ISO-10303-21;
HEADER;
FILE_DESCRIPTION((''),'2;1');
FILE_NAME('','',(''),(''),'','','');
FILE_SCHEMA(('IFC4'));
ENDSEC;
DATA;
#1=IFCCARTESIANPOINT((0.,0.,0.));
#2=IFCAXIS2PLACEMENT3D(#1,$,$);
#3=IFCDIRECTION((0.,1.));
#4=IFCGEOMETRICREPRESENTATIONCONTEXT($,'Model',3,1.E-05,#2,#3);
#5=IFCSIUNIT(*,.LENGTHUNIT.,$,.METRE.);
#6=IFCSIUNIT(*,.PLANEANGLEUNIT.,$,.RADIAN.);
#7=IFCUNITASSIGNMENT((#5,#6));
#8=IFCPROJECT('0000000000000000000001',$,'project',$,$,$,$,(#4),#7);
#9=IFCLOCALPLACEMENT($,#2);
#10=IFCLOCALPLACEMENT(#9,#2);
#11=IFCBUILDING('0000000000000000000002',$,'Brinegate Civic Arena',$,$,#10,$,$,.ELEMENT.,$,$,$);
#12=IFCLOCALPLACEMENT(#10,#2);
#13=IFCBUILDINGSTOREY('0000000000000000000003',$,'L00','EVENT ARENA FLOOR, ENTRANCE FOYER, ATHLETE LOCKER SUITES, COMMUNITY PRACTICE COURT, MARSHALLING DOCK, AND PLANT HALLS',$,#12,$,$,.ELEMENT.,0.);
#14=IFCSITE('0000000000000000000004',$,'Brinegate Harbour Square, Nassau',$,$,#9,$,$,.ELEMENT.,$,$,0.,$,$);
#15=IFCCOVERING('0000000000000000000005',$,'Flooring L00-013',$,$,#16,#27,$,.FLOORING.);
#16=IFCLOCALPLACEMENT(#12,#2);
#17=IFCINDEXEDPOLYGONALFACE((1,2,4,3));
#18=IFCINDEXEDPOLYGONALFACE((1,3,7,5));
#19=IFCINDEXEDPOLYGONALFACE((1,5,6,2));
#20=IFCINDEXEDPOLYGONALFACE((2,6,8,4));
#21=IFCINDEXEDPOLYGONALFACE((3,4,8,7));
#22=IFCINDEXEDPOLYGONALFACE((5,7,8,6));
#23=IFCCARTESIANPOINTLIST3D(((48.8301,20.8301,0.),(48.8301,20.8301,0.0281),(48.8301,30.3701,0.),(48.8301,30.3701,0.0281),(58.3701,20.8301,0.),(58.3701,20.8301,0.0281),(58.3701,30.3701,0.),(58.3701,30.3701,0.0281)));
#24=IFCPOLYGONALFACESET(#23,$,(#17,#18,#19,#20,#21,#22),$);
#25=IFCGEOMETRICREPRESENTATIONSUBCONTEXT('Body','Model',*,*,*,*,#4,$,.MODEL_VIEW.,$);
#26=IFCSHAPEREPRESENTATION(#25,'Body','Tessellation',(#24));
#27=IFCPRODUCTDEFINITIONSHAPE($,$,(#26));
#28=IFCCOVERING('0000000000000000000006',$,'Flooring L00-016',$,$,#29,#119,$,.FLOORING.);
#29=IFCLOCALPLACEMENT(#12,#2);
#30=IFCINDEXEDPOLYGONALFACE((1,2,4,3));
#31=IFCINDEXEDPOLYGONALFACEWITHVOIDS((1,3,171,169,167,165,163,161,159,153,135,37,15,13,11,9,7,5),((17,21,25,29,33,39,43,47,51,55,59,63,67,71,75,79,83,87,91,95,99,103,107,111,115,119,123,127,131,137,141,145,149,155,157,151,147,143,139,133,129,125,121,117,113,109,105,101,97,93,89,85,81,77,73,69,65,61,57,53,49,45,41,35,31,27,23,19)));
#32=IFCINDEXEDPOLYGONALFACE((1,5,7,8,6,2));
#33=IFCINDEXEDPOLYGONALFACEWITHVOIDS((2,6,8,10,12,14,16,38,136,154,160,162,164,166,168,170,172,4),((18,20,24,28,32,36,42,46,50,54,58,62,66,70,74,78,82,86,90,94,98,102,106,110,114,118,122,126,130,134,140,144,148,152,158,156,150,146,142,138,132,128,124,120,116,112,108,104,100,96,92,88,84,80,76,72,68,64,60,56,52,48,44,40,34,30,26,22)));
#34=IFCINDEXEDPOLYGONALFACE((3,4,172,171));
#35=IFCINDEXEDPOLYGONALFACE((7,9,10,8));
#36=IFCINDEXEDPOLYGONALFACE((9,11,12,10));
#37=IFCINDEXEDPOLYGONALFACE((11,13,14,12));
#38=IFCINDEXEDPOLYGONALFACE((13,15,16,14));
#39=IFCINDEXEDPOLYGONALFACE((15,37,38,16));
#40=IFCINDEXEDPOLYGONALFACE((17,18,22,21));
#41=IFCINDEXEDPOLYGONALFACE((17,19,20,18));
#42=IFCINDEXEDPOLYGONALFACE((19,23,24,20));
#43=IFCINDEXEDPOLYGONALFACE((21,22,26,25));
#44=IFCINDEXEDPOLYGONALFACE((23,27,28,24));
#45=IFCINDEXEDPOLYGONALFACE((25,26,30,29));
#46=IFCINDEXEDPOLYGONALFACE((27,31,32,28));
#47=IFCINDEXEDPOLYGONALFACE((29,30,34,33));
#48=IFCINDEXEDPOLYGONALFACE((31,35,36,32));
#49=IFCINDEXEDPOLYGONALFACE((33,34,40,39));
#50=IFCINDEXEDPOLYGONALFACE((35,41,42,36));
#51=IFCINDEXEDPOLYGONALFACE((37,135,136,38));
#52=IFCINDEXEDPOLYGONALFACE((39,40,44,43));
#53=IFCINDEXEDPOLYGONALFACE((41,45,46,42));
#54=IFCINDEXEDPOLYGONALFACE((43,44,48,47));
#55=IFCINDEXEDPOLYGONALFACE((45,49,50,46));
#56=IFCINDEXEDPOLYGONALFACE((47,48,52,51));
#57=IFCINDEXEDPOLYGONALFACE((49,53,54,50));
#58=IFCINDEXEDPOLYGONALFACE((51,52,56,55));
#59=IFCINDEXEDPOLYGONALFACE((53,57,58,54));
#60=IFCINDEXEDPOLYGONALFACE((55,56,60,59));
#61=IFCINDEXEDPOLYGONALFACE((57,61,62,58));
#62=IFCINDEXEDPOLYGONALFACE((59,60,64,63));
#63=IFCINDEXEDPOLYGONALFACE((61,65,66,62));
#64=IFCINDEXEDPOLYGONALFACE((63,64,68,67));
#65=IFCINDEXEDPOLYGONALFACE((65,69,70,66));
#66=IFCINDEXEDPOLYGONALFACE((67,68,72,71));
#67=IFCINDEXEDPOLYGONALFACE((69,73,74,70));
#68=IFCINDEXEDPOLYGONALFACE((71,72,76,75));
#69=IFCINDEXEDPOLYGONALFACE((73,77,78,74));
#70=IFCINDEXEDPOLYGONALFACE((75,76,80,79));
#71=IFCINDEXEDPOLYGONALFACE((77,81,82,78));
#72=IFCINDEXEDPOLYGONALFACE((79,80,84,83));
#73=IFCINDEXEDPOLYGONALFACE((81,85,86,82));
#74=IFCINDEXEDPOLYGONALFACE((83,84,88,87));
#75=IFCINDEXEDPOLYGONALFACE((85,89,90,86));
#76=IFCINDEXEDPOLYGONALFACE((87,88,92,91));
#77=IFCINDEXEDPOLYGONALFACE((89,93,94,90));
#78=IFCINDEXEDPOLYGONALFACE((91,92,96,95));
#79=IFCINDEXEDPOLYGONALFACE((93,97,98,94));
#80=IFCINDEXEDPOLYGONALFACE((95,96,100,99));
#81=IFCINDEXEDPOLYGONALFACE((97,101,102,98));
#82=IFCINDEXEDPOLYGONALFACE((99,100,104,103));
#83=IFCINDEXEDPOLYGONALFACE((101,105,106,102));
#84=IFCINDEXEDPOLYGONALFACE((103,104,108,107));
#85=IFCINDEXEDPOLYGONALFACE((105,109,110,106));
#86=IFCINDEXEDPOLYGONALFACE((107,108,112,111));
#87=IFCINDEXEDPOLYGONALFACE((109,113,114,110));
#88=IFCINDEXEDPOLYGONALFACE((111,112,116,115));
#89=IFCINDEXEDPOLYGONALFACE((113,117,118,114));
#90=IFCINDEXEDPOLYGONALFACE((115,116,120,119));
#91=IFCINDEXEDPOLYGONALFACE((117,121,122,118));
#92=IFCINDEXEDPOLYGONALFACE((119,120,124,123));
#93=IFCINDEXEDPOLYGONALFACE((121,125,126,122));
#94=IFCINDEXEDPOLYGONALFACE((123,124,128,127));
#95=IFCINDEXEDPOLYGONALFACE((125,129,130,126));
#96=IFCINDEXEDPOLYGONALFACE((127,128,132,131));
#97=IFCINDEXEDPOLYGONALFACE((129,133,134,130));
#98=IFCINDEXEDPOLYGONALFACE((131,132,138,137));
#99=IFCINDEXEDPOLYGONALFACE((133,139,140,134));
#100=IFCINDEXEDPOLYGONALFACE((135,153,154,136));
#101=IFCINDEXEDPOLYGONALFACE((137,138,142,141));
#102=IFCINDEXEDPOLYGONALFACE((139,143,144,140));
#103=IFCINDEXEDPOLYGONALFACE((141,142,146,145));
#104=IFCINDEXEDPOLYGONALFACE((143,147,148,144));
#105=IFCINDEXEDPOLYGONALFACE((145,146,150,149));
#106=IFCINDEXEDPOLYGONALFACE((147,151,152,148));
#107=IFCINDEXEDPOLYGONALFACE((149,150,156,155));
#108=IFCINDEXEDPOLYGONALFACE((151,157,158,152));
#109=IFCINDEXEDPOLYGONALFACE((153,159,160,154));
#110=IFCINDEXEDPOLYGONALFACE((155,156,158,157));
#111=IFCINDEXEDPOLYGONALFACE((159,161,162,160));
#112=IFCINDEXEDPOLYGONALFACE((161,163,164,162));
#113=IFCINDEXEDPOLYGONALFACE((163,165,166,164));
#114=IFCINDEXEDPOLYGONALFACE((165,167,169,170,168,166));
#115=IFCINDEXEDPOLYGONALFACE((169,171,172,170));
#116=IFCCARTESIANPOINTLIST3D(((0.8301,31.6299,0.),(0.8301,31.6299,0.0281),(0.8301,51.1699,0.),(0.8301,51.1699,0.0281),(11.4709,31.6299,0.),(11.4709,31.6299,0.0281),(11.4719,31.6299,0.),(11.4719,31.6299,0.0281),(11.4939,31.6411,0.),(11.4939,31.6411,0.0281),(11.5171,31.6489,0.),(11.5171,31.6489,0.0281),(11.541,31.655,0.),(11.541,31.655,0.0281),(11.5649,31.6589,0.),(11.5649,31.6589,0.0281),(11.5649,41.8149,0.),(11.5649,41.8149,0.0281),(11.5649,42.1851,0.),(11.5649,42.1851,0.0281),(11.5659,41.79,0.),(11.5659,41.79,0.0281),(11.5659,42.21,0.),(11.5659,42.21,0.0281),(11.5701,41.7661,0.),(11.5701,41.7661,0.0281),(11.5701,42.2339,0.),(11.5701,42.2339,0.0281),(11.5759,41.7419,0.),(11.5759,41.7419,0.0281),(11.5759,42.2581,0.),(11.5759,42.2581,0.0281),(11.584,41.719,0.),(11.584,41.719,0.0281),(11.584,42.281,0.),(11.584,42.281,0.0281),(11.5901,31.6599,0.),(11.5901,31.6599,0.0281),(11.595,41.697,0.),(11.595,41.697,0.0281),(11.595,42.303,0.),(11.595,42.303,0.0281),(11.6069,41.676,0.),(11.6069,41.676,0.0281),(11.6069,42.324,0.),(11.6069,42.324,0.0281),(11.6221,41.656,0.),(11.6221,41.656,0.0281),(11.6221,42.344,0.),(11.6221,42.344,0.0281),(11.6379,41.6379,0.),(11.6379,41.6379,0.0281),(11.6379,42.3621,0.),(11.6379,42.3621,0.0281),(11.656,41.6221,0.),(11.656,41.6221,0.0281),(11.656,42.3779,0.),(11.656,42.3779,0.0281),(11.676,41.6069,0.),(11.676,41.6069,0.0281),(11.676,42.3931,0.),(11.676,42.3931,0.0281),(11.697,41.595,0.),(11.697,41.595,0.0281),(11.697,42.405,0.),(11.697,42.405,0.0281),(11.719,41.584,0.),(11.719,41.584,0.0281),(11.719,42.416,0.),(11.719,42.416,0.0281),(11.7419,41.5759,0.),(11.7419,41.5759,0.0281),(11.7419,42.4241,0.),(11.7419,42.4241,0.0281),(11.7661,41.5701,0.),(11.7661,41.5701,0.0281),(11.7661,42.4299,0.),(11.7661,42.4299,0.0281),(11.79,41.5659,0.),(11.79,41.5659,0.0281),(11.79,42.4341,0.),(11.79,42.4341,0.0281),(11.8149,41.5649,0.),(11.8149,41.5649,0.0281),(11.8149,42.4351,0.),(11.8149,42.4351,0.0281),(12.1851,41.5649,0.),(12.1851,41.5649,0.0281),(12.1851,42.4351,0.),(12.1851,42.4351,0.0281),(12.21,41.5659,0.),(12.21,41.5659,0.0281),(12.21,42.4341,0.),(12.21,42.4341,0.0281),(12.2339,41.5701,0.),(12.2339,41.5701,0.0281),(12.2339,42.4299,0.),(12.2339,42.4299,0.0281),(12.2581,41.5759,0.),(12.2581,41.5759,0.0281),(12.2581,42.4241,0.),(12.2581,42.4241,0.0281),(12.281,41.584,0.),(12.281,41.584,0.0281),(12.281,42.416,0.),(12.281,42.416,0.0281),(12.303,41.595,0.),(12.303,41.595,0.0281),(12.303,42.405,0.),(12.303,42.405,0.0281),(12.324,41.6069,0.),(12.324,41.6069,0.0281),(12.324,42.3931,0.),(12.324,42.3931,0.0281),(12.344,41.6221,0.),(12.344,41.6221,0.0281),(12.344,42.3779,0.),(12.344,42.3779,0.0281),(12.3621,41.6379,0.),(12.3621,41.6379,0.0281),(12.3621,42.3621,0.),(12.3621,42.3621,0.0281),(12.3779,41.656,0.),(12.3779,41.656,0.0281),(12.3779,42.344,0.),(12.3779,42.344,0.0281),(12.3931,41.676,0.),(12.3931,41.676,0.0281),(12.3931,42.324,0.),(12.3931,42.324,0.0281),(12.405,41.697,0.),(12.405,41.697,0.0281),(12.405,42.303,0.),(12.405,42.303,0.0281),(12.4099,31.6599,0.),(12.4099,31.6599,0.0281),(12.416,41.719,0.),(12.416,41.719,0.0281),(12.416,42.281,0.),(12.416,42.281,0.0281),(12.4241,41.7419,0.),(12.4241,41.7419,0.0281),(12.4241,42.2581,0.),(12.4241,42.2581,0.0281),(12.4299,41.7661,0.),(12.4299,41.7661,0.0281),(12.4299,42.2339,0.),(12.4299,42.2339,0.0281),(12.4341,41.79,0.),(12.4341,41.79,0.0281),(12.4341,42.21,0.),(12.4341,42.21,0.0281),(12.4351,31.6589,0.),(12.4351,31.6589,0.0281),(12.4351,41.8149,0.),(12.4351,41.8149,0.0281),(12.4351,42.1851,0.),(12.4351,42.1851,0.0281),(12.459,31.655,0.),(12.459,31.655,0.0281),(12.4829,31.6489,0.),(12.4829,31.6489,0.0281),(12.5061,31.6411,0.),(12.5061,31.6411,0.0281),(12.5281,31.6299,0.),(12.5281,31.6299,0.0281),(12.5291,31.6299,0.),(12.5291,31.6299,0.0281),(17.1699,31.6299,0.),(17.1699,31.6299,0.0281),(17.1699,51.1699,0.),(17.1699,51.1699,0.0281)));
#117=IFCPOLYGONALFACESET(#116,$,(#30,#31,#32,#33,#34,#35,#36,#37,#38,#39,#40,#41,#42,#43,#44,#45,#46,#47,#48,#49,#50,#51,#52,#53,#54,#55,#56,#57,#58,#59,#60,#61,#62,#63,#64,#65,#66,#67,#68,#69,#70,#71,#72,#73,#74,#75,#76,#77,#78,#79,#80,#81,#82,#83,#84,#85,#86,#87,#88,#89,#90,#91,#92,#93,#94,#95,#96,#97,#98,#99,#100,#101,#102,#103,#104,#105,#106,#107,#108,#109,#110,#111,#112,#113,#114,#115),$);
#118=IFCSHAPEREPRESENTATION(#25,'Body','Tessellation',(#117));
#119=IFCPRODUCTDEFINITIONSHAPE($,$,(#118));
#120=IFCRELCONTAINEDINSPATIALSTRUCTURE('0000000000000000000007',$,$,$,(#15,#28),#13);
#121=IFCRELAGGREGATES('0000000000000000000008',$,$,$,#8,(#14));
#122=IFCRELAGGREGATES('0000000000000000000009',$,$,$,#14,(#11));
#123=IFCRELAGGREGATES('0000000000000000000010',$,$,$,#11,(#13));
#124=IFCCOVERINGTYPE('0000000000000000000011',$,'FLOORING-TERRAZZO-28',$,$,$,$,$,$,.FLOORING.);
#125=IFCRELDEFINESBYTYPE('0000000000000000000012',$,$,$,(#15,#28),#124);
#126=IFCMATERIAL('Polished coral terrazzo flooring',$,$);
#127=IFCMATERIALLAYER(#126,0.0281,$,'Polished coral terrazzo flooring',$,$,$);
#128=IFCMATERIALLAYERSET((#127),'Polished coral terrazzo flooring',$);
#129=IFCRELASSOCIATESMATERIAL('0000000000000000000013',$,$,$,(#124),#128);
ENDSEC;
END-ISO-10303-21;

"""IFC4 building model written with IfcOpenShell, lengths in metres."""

from ifc_helpers import new_model, si_unit, direction, origin, place, context, subcontext, project, spatial, polyline, outline, extrude, material, layer, layer_set, type_object, element, save


model = new_model("IFC4")

# Units and contexts
model_context = context("Model", 3, precision=1e-05, world=origin(), true_north=direction((0.0, 1.0)))
body_context = subcontext(model_context, "Body", "Model", "MODEL_VIEW")
ifc_project = project(units=[si_unit("LENGTHUNIT", "METRE"), si_unit("PLANEANGLEUNIT", "RADIAN")], contexts=[model_context])

# Site, building, storey
site_placement = place(None, origin())
site = spatial("IfcSite", under=ifc_project, at=site_placement, Name="Brinegate Harbour Square, Nassau", CompositionType="ELEMENT", RefElevation=0.0)
building_placement = place(site_placement, origin())
building = spatial("IfcBuilding", under=site, at=building_placement, Name="Brinegate Civic Arena", CompositionType="ELEMENT")
storey_placement = place(building_placement, origin())
storey = spatial("IfcBuildingStorey", under=building, at=storey_placement, Name="L00", Description="EVENT ARENA FLOOR, ENTRANCE FOYER, ATHLETE LOCKER SUITES, COMMUNITY PRACTICE COURT, MARSHALLING DOCK, AND PLANT HALLS", CompositionType="ELEMENT", Elevation=0.0)

# Coverings
ifc_material_1 = material(Name="Polished coral terrazzo flooring")
ifc_layer_1 = layer(ifc_material_1, 0.0281, Name="Polished coral terrazzo flooring")
ifc_layer_set_1 = layer_set([ifc_layer_1], Name="Polished coral terrazzo flooring")
covering_type_1 = type_object("IfcCoveringType", Name="FLOORING-TERRAZZO-28", PredefinedType="FLOORING", material=ifc_layer_set_1)
covering_1_placement = place(storey_placement, origin())
element("IfcCovering", 1, at=covering_1_placement, inside=storey, type_object=covering_type_1, Name="Flooring L00-013", PredefinedType="FLOORING", context=body_context, shape_type="SweptSolid", body=[
    extrude(outline(polyline([(48.8301, 20.8301), (48.8301, 30.3701), (58.3701, 30.3701), (58.3701, 20.8301), (48.8301, 20.8301)])), origin(), (0.0, 0.0, 1.0), 0.0281),
])
covering_2_placement = place(storey_placement, origin())
element("IfcCovering", 2, at=covering_2_placement, inside=storey, type_object=covering_type_1, Name="Flooring L00-016", PredefinedType="FLOORING", context=body_context, shape_type="SweptSolid", body=[
    extrude(outline(polyline([(0.8301, 31.6299), (0.8301, 51.1699), (17.1699, 51.1699), (17.1699, 31.6299), (12.5291, 31.6299), (12.5281, 31.6299), (12.5061, 31.6411), (12.4829, 31.6489), (12.459, 31.655), (12.4351, 31.6589), (12.4099, 31.6599), (11.5901, 31.6599), (11.5649, 31.6589), (11.541, 31.655), (11.5171, 31.6489), (11.4939, 31.6411), (11.4719, 31.6299), (11.4709, 31.6299), (0.8301, 31.6299)]), holes=[polyline([(12.4351, 42.1851), (12.4341, 42.21), (12.4299, 42.2339), (12.4241, 42.2581), (12.416, 42.281), (12.405, 42.303), (12.3931, 42.324), (12.3779, 42.344), (12.3621, 42.3621), (12.344, 42.3779), (12.324, 42.3931), (12.303, 42.405), (12.281, 42.416), (12.2581, 42.4241), (12.2339, 42.4299), (12.21, 42.4341), (12.1851, 42.4351), (11.8149, 42.4351), (11.79, 42.4341), (11.7661, 42.4299), (11.7419, 42.4241), (11.719, 42.416), (11.697, 42.405), (11.676, 42.3931), (11.656, 42.3779), (11.6379, 42.3621), (11.6221, 42.344), (11.6069, 42.324), (11.595, 42.303), (11.584, 42.281), (11.5759, 42.2581), (11.5701, 42.2339), (11.5659, 42.21), (11.5649, 42.1851), (11.5649, 41.8149), (11.5659, 41.79), (11.5701, 41.7661), (11.5759, 41.7419), (11.584, 41.719), (11.595, 41.697), (11.6069, 41.676), (11.6221, 41.656), (11.6379, 41.6379), (11.656, 41.6221), (11.676, 41.6069), (11.697, 41.595), (11.719, 41.584), (11.7419, 41.5759), (11.7661, 41.5701), (11.79, 41.5659), (11.8149, 41.5649), (12.1851, 41.5649), (12.21, 41.5659), (12.2339, 41.5701), (12.2581, 41.5759), (12.281, 41.584), (12.303, 41.595), (12.324, 41.6069), (12.344, 41.6221), (12.3621, 41.6379), (12.3779, 41.656), (12.3931, 41.676), (12.405, 41.697), (12.416, 41.719), (12.4241, 41.7419), (12.4299, 41.7661), (12.4341, 41.79), (12.4351, 41.8149), (12.4351, 42.1851)])]), origin(), (0.0, 0.0, 1.0), 0.0281),
])

save(model, "model.ifc")
